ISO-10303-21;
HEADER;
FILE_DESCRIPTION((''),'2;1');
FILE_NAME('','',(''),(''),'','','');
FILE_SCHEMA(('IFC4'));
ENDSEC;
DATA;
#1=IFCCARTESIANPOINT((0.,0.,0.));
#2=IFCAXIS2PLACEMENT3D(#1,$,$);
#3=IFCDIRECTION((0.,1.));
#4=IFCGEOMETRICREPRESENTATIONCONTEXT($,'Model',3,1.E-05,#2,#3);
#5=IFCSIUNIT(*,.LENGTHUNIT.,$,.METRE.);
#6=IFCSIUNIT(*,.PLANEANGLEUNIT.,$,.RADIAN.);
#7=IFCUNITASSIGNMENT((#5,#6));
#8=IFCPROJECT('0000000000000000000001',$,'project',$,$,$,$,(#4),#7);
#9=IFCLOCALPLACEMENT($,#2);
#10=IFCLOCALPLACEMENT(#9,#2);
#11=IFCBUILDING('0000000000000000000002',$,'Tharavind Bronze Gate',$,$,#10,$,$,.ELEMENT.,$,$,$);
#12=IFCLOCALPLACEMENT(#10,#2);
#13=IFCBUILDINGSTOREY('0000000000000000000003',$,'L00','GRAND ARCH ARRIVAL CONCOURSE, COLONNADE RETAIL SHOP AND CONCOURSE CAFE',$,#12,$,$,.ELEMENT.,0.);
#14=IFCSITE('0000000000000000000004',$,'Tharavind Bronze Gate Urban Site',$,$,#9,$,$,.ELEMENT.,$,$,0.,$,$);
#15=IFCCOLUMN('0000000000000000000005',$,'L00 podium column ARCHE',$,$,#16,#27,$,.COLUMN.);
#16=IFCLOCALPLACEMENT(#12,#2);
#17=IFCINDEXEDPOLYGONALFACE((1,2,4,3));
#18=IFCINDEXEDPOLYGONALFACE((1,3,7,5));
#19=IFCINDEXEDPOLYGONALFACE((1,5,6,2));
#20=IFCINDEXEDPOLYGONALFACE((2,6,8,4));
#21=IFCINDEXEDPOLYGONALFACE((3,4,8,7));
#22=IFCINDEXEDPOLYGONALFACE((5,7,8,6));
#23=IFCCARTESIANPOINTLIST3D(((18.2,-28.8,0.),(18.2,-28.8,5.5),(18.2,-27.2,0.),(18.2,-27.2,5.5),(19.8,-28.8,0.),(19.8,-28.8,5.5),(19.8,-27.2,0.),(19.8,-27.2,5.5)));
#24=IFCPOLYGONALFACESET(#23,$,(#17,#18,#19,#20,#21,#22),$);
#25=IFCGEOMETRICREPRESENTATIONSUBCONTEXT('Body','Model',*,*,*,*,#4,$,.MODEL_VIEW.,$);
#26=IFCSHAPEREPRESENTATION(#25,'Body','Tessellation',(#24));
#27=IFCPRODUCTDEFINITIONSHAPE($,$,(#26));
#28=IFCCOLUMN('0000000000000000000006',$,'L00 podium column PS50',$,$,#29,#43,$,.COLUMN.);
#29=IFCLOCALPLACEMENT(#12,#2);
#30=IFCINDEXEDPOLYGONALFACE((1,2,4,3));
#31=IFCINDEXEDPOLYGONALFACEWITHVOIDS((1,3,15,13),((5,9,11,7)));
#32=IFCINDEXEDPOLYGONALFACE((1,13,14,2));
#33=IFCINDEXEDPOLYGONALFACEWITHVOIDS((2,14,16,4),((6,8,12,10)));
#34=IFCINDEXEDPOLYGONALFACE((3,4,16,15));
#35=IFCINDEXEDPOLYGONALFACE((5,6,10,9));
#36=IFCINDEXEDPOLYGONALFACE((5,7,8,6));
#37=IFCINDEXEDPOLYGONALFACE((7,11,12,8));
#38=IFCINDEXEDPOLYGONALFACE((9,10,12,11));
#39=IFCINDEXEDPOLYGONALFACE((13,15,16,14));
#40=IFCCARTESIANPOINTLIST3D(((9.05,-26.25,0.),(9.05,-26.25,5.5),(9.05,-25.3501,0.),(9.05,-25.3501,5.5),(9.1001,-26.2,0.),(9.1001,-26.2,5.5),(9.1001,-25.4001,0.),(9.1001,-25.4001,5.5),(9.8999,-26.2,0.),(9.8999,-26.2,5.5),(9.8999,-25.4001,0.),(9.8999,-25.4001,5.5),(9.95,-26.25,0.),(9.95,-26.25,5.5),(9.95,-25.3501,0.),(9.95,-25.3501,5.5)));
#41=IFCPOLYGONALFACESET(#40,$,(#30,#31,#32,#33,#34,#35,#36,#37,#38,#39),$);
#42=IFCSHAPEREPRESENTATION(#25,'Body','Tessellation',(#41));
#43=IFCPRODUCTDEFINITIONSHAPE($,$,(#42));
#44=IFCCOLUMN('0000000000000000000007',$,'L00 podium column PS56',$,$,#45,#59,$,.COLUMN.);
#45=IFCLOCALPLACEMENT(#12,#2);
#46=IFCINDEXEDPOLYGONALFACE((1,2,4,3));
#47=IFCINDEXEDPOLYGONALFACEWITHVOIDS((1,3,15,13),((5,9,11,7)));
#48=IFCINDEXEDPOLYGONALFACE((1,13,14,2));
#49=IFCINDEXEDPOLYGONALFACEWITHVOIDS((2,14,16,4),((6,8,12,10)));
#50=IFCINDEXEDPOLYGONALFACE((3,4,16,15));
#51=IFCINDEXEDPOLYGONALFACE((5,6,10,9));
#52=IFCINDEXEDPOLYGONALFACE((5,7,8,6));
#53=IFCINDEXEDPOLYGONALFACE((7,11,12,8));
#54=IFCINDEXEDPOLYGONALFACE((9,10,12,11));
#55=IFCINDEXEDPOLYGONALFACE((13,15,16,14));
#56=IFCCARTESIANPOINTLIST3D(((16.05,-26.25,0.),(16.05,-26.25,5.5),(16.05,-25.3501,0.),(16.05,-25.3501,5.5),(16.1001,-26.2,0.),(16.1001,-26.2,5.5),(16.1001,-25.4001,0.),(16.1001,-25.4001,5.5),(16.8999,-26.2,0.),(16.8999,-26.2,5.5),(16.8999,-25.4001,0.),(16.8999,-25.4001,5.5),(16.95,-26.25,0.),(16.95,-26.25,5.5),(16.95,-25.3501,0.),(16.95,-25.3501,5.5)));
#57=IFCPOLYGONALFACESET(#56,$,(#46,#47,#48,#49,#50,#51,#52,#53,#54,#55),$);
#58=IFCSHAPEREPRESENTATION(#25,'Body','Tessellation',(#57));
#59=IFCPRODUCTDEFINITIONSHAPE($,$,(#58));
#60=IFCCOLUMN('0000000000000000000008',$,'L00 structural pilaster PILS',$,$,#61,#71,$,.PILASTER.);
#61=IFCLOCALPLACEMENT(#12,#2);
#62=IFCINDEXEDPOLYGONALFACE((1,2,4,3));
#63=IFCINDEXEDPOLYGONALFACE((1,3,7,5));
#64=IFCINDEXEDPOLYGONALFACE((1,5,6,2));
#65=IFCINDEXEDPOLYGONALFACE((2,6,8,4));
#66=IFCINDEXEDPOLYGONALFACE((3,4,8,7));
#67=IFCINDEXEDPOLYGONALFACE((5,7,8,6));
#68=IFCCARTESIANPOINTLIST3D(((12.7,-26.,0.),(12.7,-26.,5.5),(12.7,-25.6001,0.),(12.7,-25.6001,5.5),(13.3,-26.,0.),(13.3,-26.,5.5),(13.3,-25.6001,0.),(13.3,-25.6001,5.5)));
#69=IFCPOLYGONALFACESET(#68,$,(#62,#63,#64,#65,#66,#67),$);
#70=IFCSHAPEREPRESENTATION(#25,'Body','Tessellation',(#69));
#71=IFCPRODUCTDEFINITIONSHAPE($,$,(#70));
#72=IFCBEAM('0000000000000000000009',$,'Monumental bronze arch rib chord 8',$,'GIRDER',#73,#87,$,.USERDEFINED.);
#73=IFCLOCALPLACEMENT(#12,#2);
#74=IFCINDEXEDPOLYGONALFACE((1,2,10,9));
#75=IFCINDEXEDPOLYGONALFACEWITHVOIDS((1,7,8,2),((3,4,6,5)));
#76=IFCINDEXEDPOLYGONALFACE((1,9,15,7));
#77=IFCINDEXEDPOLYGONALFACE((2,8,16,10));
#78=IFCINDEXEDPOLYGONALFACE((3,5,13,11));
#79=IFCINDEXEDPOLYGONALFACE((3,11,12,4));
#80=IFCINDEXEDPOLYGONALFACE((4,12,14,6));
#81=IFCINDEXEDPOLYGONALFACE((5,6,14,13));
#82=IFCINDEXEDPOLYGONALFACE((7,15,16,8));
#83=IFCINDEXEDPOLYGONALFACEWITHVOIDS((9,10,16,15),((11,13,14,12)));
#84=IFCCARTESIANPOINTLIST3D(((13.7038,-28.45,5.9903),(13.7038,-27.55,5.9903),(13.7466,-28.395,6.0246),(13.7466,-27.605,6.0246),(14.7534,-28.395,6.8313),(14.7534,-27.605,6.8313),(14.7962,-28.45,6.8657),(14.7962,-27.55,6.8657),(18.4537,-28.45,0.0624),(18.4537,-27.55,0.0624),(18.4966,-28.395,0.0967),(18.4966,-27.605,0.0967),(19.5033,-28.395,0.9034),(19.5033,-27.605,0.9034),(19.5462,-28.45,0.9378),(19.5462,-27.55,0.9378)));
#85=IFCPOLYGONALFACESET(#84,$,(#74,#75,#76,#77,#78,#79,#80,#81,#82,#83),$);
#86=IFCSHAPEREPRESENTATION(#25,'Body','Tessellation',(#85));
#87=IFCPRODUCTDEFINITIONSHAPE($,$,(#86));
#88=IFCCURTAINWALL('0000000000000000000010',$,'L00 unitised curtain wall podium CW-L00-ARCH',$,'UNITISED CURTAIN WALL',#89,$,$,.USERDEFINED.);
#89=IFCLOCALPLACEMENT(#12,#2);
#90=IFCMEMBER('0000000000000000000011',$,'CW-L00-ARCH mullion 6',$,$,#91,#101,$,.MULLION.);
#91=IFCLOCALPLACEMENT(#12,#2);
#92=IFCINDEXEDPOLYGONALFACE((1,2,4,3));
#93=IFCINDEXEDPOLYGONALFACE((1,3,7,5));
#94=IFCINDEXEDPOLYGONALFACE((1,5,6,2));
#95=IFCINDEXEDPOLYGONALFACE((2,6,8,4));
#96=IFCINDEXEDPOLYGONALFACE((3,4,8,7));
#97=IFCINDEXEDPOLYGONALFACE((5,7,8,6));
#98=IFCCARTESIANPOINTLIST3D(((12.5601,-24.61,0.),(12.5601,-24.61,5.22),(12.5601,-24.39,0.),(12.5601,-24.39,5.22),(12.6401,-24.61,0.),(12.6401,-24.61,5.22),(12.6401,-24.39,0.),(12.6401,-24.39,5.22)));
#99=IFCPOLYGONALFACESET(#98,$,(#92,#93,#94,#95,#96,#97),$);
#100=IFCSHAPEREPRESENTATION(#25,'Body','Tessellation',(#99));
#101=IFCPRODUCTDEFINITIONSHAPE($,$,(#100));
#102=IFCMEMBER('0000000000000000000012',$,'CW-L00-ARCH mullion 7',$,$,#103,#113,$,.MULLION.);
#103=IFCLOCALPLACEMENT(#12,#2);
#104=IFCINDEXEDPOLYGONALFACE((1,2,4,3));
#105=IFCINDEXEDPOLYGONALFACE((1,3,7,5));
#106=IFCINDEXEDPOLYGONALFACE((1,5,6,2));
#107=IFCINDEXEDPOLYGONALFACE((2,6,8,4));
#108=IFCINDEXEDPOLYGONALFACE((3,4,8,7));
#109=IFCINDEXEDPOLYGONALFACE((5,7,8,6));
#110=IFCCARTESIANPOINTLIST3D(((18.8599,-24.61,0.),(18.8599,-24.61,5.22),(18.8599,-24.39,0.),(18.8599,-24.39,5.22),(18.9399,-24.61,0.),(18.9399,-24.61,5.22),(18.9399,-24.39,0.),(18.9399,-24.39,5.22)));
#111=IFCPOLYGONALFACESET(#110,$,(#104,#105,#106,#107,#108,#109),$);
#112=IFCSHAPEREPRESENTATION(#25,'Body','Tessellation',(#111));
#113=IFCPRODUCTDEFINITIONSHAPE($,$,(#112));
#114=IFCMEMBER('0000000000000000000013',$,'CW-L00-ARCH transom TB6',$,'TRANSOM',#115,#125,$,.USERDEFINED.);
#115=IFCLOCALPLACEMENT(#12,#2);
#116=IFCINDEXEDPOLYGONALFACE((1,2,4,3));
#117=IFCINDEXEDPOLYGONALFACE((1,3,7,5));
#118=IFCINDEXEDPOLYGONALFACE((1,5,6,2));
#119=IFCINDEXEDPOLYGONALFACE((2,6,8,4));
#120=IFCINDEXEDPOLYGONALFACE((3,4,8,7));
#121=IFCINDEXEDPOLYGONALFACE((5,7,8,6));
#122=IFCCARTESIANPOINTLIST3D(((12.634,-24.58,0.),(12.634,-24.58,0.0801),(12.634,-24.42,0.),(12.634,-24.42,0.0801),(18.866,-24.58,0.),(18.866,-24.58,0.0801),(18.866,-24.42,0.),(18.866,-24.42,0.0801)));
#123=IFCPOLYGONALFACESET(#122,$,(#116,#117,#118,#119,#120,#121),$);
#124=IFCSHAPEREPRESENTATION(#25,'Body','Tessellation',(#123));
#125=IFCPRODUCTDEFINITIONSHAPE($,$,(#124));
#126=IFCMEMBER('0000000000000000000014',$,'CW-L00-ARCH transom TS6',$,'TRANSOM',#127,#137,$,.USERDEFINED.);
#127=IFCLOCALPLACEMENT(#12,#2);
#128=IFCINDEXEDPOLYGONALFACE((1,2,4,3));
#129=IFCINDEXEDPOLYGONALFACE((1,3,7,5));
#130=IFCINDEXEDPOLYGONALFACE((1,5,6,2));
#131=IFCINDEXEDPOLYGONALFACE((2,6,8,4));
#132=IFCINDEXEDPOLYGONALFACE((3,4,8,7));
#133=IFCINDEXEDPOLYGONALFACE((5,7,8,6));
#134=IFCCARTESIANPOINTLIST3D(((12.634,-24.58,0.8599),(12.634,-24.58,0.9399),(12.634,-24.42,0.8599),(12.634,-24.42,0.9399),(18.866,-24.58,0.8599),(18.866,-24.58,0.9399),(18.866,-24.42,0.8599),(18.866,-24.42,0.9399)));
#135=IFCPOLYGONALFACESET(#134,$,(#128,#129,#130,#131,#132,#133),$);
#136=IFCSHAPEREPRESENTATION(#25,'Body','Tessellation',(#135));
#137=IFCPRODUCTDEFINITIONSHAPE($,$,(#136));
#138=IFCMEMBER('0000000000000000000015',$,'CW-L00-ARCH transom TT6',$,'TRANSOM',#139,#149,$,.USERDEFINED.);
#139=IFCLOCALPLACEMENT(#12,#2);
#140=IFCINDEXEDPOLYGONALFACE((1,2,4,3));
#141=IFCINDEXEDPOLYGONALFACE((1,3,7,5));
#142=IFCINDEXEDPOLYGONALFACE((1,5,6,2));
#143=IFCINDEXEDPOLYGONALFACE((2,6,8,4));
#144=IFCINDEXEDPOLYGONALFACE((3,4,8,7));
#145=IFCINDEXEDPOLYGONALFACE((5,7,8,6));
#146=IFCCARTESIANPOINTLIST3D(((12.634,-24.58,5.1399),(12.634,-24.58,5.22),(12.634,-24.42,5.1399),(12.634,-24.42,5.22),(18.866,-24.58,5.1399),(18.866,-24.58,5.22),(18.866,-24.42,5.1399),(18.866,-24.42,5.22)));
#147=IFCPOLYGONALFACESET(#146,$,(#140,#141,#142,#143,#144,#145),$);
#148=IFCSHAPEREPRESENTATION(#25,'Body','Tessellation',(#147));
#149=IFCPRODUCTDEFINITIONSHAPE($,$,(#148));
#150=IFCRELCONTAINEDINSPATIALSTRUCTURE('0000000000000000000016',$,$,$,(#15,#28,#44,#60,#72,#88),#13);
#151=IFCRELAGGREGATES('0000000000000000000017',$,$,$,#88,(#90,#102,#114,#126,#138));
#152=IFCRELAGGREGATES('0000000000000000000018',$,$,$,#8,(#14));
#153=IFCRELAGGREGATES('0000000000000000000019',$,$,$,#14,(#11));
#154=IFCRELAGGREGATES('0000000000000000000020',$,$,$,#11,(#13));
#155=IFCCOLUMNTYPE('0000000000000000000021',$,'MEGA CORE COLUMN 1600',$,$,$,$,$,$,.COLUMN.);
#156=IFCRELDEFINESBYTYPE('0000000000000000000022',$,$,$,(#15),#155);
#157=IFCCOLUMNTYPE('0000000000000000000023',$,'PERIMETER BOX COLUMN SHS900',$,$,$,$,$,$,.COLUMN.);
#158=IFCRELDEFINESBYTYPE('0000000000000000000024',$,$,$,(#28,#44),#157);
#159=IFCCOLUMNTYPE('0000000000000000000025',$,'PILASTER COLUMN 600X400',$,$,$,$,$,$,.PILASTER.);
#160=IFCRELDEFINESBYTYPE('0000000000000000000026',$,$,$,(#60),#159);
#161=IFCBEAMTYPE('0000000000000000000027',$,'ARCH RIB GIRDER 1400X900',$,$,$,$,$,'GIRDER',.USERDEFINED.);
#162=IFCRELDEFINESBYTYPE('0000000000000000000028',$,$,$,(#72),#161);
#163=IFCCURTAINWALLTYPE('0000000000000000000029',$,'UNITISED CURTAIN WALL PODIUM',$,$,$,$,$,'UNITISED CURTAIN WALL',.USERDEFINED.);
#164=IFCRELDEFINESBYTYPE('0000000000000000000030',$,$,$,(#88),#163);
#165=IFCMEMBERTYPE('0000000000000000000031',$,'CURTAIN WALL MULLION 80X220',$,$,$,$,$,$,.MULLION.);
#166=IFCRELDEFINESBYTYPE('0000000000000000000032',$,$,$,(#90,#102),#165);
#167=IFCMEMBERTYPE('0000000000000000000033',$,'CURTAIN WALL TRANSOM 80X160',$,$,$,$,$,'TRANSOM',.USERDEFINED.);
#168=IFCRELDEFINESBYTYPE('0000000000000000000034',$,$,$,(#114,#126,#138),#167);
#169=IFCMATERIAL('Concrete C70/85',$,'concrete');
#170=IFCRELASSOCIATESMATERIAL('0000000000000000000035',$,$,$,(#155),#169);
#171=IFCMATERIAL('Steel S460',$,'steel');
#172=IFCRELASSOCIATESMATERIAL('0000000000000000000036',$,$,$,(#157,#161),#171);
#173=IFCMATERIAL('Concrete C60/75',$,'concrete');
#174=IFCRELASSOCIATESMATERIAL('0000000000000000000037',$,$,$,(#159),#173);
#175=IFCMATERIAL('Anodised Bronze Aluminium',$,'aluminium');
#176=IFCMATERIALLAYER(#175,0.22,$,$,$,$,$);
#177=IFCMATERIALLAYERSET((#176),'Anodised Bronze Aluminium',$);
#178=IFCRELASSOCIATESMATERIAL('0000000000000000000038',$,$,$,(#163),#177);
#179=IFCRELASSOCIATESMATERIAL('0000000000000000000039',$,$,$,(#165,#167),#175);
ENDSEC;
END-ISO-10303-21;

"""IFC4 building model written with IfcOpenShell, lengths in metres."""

from ifc_helpers import new_model, si_unit, direction, frame, origin, origin_2d, place, context, subcontext, project, spatial, rectangle, hollow_rectangle, extrude, material, layer, layer_set, material_profile, profile_set, type_object, element, aggregate, save


model = new_model("IFC4")

# Units and contexts
model_context = context("Model", 3, precision=1e-05, world=origin(), true_north=direction((0.0, 1.0)))
body_context = subcontext(model_context, "Body", "Model", "MODEL_VIEW")
ifc_project = project(units=[si_unit("LENGTHUNIT", "METRE"), si_unit("PLANEANGLEUNIT", "RADIAN")], contexts=[model_context])

# Site, building, storey
site_placement = place(None, origin())
site = spatial("IfcSite", under=ifc_project, at=site_placement, Name="Tharavind Bronze Gate Urban Site", CompositionType="ELEMENT", RefElevation=0.0)
building_placement = place(site_placement, origin())
building = spatial("IfcBuilding", under=site, at=building_placement, Name="Tharavind Bronze Gate", CompositionType="ELEMENT")
storey_placement = place(building_placement, origin())
storey = spatial("IfcBuildingStorey", under=building, at=storey_placement, Name="L00", Description="GRAND ARCH ARRIVAL CONCOURSE, COLONNADE RETAIL SHOP AND CONCOURSE CAFE", CompositionType="ELEMENT", Elevation=0.0)

# Columns
ifc_material_1 = material(Name="Concrete C70/85", Category="concrete")
ifc_material_profile_1 = material_profile(ifc_material_1, rectangle(XDim=1.6001, YDim=1.6001, at=origin_2d()), Name="RCCOL1600")
ifc_profile_set_1 = profile_set([ifc_material_profile_1], Name="Concrete C70/85")
column_type_1 = type_object("IfcColumnType", Name="MEGA CORE COLUMN 1600", PredefinedType="COLUMN", material=ifc_profile_set_1)
column_1_placement = place(storey_placement, frame((19.0, -28.0, 0.0), z_axis=(0.0, 0.0, 1.0), x_axis=(1.0, 0.0, 0.0)))
element("IfcColumn", 1, at=column_1_placement, inside=storey, type_object=column_type_1, Name="L00 podium column ARCHE", PredefinedType="COLUMN", context=body_context, shape_type="SweptSolid", body=[
    extrude(rectangle(XDim=1.6001, YDim=1.6001, at=origin_2d()), origin(), (0.0, 0.0, 1.0), 5.5),
])
ifc_material_2 = material(Name="Steel S460", Category="steel")
ifc_material_profile_2 = material_profile(ifc_material_2, hollow_rectangle(XDim=0.8999, YDim=0.8999, WallThickness=0.05, at=origin_2d()), Name="SHS900X50")
ifc_profile_set_2 = profile_set([ifc_material_profile_2], Name="Steel S460")
column_type_2 = type_object("IfcColumnType", Name="PERIMETER BOX COLUMN SHS900", PredefinedType="COLUMN", material=ifc_profile_set_2)
for number, where, z_axis, x_axis, name in (
    (2, (9.5, -25.8, 0.0), (0.0, 0.0, 1.0), (1.0, 0.0, 0.0), "L00 podium column PS50"),
    (3, (16.5, -25.8, 0.0), (0.0, 0.0, 1.0), (1.0, 0.0, 0.0), "L00 podium column PS56"),
):
    element("IfcColumn", number, at=place(storey_placement, frame(where, z_axis=z_axis, x_axis=x_axis)), inside=storey, type_object=column_type_2, Name=name, PredefinedType="COLUMN", context=body_context, shape_type="SweptSolid", body=[
        extrude(hollow_rectangle(XDim=0.8999, YDim=0.8999, WallThickness=0.05, at=origin_2d()), origin(), (0.0, 0.0, 1.0), 5.5),
    ])
ifc_material_3 = material(Name="Concrete C60/75", Category="concrete")
ifc_material_profile_3 = material_profile(ifc_material_3, rectangle(XDim=0.6001, YDim=0.3999, at=origin_2d()), Name="RCPIL600X400")
ifc_profile_set_3 = profile_set([ifc_material_profile_3], Name="Concrete C60/75")
column_type_3 = type_object("IfcColumnType", Name="PILASTER COLUMN 600X400", PredefinedType="PILASTER", material=ifc_profile_set_3)
column_2_placement = place(storey_placement, frame((13.0, -25.8, 0.0), z_axis=(0.0, 0.0, 1.0), x_axis=(1.0, 0.0, 0.0)))
element("IfcColumn", 4, at=column_2_placement, inside=storey, type_object=column_type_3, Name="L00 structural pilaster PILS", PredefinedType="PILASTER", context=body_context, shape_type="SweptSolid", body=[
    extrude(rectangle(XDim=0.6001, YDim=0.3999, at=origin_2d()), origin(), (0.0, 0.0, 1.0), 5.5),
])

# Beam
ifc_material_profile_4 = material_profile(ifc_material_2, hollow_rectangle(XDim=0.8999, YDim=1.3999, WallThickness=0.0549, at=origin_2d()), Name="RHS1400X900X55")
ifc_profile_set_4 = profile_set([ifc_material_profile_4], Name="Steel S460")
beam_type_1 = type_object("IfcBeamType", Name="ARCH RIB GIRDER 1400X900", ElementType="GIRDER", PredefinedType="USERDEFINED", material=ifc_profile_set_4)
beam_1_placement = place(storey_placement, frame((14.25, -28.0, 6.428), z_axis=(0.625306, 0.0, -0.780379), x_axis=(0.0, 1.0, 0.0)))
element("IfcBeam", 5, at=beam_1_placement, inside=storey, type_object=beam_type_1, Name="Monumental bronze arch rib chord 8", ObjectType="GIRDER", PredefinedType="USERDEFINED", context=body_context, shape_type="SweptSolid", body=[
    extrude(hollow_rectangle(XDim=0.8999, YDim=1.3999, WallThickness=0.0549, at=origin_2d()), origin(), (0.0, 0.0, 1.0), 7.5962),
])

# Curtain wall, members
ifc_material_4 = material(Name="Anodised Bronze Aluminium", Category="aluminium")
ifc_layer_1 = layer(ifc_material_4, 0.22)
ifc_layer_set_1 = layer_set([ifc_layer_1], Name="Anodised Bronze Aluminium")
curtain_wall_type = type_object("IfcCurtainWallType", Name="UNITISED CURTAIN WALL PODIUM", ElementType="UNITISED CURTAIN WALL", PredefinedType="USERDEFINED", material=ifc_layer_set_1)
curtain_wall_placement = place(storey_placement, origin())
curtain_wall = element("IfcCurtainWall", 6, at=curtain_wall_placement, inside=storey, type_object=curtain_wall_type, Name="L00 unitised curtain wall podium CW-L00-ARCH", ObjectType="UNITISED CURTAIN WALL", PredefinedType="USERDEFINED")
member_type_1 = type_object("IfcMemberType", Name="CURTAIN WALL MULLION 80X220", PredefinedType="MULLION", material=ifc_material_4)
member_1_placement = place(storey_placement, frame((12.6001, -24.5, 0.0), z_axis=(0.0, 0.0, 1.0), x_axis=(1.0, 0.0, 0.0)))
member_1 = element("IfcMember", 7, at=member_1_placement, type_object=member_type_1, Name="CW-L00-ARCH mullion 6", PredefinedType="MULLION", context=body_context, shape_type="SweptSolid", body=[
    extrude(rectangle(XDim=0.0801, YDim=0.22, at=origin_2d()), origin(), (0.0, 0.0, 1.0), 5.22),
])
member_2_placement = place(storey_placement, frame((18.8999, -24.5, 0.0), z_axis=(0.0, 0.0, 1.0), x_axis=(1.0, 0.0, 0.0)))
member_2 = element("IfcMember", 8, at=member_2_placement, type_object=member_type_1, Name="CW-L00-ARCH mullion 7", PredefinedType="MULLION", context=body_context, shape_type="SweptSolid", body=[
    extrude(rectangle(XDim=0.0801, YDim=0.22, at=origin_2d()), origin(), (0.0, 0.0, 1.0), 5.22),
])
member_type_2 = type_object("IfcMemberType", Name="CURTAIN WALL TRANSOM 80X160", ElementType="TRANSOM", PredefinedType="USERDEFINED", material=ifc_material_4)
member_3_placement = place(storey_placement, frame((15.75, -24.5, 0.0), z_axis=(0.0, 0.0, 1.0), x_axis=(1.0, 0.0, 0.0)))
member_3 = element("IfcMember", 9, at=member_3_placement, type_object=member_type_2, Name="CW-L00-ARCH transom TB6", ObjectType="TRANSOM", PredefinedType="USERDEFINED", context=body_context, shape_type="SweptSolid", body=[
    extrude(rectangle(XDim=6.2319, YDim=0.1599, at=origin_2d()), origin(), (0.0, 0.0, 1.0), 0.0801),
])
member_4_placement = place(storey_placement, frame((15.75, -24.5, 0.8599), z_axis=(0.0, 0.0, 1.0), x_axis=(1.0, 0.0, 0.0)))
member_4 = element("IfcMember", 10, at=member_4_placement, type_object=member_type_2, Name="CW-L00-ARCH transom TS6", ObjectType="TRANSOM", PredefinedType="USERDEFINED", context=body_context, shape_type="SweptSolid", body=[
    extrude(rectangle(XDim=6.2319, YDim=0.1599, at=origin_2d()), origin(), (0.0, 0.0, 1.0), 0.0801),
])
member_5_placement = place(storey_placement, frame((15.75, -24.5, 5.1399), z_axis=(0.0, 0.0, 1.0), x_axis=(1.0, 0.0, 0.0)))
member_5 = element("IfcMember", 11, at=member_5_placement, type_object=member_type_2, Name="CW-L00-ARCH transom TT6", ObjectType="TRANSOM", PredefinedType="USERDEFINED", context=body_context, shape_type="SweptSolid", body=[
    extrude(rectangle(XDim=6.2319, YDim=0.1599, at=origin_2d()), origin(), (0.0, 0.0, 1.0), 0.0801),
])

aggregate(curtain_wall, [member_1, member_2, member_3, member_4, member_5])

save(model, "model.ifc")
